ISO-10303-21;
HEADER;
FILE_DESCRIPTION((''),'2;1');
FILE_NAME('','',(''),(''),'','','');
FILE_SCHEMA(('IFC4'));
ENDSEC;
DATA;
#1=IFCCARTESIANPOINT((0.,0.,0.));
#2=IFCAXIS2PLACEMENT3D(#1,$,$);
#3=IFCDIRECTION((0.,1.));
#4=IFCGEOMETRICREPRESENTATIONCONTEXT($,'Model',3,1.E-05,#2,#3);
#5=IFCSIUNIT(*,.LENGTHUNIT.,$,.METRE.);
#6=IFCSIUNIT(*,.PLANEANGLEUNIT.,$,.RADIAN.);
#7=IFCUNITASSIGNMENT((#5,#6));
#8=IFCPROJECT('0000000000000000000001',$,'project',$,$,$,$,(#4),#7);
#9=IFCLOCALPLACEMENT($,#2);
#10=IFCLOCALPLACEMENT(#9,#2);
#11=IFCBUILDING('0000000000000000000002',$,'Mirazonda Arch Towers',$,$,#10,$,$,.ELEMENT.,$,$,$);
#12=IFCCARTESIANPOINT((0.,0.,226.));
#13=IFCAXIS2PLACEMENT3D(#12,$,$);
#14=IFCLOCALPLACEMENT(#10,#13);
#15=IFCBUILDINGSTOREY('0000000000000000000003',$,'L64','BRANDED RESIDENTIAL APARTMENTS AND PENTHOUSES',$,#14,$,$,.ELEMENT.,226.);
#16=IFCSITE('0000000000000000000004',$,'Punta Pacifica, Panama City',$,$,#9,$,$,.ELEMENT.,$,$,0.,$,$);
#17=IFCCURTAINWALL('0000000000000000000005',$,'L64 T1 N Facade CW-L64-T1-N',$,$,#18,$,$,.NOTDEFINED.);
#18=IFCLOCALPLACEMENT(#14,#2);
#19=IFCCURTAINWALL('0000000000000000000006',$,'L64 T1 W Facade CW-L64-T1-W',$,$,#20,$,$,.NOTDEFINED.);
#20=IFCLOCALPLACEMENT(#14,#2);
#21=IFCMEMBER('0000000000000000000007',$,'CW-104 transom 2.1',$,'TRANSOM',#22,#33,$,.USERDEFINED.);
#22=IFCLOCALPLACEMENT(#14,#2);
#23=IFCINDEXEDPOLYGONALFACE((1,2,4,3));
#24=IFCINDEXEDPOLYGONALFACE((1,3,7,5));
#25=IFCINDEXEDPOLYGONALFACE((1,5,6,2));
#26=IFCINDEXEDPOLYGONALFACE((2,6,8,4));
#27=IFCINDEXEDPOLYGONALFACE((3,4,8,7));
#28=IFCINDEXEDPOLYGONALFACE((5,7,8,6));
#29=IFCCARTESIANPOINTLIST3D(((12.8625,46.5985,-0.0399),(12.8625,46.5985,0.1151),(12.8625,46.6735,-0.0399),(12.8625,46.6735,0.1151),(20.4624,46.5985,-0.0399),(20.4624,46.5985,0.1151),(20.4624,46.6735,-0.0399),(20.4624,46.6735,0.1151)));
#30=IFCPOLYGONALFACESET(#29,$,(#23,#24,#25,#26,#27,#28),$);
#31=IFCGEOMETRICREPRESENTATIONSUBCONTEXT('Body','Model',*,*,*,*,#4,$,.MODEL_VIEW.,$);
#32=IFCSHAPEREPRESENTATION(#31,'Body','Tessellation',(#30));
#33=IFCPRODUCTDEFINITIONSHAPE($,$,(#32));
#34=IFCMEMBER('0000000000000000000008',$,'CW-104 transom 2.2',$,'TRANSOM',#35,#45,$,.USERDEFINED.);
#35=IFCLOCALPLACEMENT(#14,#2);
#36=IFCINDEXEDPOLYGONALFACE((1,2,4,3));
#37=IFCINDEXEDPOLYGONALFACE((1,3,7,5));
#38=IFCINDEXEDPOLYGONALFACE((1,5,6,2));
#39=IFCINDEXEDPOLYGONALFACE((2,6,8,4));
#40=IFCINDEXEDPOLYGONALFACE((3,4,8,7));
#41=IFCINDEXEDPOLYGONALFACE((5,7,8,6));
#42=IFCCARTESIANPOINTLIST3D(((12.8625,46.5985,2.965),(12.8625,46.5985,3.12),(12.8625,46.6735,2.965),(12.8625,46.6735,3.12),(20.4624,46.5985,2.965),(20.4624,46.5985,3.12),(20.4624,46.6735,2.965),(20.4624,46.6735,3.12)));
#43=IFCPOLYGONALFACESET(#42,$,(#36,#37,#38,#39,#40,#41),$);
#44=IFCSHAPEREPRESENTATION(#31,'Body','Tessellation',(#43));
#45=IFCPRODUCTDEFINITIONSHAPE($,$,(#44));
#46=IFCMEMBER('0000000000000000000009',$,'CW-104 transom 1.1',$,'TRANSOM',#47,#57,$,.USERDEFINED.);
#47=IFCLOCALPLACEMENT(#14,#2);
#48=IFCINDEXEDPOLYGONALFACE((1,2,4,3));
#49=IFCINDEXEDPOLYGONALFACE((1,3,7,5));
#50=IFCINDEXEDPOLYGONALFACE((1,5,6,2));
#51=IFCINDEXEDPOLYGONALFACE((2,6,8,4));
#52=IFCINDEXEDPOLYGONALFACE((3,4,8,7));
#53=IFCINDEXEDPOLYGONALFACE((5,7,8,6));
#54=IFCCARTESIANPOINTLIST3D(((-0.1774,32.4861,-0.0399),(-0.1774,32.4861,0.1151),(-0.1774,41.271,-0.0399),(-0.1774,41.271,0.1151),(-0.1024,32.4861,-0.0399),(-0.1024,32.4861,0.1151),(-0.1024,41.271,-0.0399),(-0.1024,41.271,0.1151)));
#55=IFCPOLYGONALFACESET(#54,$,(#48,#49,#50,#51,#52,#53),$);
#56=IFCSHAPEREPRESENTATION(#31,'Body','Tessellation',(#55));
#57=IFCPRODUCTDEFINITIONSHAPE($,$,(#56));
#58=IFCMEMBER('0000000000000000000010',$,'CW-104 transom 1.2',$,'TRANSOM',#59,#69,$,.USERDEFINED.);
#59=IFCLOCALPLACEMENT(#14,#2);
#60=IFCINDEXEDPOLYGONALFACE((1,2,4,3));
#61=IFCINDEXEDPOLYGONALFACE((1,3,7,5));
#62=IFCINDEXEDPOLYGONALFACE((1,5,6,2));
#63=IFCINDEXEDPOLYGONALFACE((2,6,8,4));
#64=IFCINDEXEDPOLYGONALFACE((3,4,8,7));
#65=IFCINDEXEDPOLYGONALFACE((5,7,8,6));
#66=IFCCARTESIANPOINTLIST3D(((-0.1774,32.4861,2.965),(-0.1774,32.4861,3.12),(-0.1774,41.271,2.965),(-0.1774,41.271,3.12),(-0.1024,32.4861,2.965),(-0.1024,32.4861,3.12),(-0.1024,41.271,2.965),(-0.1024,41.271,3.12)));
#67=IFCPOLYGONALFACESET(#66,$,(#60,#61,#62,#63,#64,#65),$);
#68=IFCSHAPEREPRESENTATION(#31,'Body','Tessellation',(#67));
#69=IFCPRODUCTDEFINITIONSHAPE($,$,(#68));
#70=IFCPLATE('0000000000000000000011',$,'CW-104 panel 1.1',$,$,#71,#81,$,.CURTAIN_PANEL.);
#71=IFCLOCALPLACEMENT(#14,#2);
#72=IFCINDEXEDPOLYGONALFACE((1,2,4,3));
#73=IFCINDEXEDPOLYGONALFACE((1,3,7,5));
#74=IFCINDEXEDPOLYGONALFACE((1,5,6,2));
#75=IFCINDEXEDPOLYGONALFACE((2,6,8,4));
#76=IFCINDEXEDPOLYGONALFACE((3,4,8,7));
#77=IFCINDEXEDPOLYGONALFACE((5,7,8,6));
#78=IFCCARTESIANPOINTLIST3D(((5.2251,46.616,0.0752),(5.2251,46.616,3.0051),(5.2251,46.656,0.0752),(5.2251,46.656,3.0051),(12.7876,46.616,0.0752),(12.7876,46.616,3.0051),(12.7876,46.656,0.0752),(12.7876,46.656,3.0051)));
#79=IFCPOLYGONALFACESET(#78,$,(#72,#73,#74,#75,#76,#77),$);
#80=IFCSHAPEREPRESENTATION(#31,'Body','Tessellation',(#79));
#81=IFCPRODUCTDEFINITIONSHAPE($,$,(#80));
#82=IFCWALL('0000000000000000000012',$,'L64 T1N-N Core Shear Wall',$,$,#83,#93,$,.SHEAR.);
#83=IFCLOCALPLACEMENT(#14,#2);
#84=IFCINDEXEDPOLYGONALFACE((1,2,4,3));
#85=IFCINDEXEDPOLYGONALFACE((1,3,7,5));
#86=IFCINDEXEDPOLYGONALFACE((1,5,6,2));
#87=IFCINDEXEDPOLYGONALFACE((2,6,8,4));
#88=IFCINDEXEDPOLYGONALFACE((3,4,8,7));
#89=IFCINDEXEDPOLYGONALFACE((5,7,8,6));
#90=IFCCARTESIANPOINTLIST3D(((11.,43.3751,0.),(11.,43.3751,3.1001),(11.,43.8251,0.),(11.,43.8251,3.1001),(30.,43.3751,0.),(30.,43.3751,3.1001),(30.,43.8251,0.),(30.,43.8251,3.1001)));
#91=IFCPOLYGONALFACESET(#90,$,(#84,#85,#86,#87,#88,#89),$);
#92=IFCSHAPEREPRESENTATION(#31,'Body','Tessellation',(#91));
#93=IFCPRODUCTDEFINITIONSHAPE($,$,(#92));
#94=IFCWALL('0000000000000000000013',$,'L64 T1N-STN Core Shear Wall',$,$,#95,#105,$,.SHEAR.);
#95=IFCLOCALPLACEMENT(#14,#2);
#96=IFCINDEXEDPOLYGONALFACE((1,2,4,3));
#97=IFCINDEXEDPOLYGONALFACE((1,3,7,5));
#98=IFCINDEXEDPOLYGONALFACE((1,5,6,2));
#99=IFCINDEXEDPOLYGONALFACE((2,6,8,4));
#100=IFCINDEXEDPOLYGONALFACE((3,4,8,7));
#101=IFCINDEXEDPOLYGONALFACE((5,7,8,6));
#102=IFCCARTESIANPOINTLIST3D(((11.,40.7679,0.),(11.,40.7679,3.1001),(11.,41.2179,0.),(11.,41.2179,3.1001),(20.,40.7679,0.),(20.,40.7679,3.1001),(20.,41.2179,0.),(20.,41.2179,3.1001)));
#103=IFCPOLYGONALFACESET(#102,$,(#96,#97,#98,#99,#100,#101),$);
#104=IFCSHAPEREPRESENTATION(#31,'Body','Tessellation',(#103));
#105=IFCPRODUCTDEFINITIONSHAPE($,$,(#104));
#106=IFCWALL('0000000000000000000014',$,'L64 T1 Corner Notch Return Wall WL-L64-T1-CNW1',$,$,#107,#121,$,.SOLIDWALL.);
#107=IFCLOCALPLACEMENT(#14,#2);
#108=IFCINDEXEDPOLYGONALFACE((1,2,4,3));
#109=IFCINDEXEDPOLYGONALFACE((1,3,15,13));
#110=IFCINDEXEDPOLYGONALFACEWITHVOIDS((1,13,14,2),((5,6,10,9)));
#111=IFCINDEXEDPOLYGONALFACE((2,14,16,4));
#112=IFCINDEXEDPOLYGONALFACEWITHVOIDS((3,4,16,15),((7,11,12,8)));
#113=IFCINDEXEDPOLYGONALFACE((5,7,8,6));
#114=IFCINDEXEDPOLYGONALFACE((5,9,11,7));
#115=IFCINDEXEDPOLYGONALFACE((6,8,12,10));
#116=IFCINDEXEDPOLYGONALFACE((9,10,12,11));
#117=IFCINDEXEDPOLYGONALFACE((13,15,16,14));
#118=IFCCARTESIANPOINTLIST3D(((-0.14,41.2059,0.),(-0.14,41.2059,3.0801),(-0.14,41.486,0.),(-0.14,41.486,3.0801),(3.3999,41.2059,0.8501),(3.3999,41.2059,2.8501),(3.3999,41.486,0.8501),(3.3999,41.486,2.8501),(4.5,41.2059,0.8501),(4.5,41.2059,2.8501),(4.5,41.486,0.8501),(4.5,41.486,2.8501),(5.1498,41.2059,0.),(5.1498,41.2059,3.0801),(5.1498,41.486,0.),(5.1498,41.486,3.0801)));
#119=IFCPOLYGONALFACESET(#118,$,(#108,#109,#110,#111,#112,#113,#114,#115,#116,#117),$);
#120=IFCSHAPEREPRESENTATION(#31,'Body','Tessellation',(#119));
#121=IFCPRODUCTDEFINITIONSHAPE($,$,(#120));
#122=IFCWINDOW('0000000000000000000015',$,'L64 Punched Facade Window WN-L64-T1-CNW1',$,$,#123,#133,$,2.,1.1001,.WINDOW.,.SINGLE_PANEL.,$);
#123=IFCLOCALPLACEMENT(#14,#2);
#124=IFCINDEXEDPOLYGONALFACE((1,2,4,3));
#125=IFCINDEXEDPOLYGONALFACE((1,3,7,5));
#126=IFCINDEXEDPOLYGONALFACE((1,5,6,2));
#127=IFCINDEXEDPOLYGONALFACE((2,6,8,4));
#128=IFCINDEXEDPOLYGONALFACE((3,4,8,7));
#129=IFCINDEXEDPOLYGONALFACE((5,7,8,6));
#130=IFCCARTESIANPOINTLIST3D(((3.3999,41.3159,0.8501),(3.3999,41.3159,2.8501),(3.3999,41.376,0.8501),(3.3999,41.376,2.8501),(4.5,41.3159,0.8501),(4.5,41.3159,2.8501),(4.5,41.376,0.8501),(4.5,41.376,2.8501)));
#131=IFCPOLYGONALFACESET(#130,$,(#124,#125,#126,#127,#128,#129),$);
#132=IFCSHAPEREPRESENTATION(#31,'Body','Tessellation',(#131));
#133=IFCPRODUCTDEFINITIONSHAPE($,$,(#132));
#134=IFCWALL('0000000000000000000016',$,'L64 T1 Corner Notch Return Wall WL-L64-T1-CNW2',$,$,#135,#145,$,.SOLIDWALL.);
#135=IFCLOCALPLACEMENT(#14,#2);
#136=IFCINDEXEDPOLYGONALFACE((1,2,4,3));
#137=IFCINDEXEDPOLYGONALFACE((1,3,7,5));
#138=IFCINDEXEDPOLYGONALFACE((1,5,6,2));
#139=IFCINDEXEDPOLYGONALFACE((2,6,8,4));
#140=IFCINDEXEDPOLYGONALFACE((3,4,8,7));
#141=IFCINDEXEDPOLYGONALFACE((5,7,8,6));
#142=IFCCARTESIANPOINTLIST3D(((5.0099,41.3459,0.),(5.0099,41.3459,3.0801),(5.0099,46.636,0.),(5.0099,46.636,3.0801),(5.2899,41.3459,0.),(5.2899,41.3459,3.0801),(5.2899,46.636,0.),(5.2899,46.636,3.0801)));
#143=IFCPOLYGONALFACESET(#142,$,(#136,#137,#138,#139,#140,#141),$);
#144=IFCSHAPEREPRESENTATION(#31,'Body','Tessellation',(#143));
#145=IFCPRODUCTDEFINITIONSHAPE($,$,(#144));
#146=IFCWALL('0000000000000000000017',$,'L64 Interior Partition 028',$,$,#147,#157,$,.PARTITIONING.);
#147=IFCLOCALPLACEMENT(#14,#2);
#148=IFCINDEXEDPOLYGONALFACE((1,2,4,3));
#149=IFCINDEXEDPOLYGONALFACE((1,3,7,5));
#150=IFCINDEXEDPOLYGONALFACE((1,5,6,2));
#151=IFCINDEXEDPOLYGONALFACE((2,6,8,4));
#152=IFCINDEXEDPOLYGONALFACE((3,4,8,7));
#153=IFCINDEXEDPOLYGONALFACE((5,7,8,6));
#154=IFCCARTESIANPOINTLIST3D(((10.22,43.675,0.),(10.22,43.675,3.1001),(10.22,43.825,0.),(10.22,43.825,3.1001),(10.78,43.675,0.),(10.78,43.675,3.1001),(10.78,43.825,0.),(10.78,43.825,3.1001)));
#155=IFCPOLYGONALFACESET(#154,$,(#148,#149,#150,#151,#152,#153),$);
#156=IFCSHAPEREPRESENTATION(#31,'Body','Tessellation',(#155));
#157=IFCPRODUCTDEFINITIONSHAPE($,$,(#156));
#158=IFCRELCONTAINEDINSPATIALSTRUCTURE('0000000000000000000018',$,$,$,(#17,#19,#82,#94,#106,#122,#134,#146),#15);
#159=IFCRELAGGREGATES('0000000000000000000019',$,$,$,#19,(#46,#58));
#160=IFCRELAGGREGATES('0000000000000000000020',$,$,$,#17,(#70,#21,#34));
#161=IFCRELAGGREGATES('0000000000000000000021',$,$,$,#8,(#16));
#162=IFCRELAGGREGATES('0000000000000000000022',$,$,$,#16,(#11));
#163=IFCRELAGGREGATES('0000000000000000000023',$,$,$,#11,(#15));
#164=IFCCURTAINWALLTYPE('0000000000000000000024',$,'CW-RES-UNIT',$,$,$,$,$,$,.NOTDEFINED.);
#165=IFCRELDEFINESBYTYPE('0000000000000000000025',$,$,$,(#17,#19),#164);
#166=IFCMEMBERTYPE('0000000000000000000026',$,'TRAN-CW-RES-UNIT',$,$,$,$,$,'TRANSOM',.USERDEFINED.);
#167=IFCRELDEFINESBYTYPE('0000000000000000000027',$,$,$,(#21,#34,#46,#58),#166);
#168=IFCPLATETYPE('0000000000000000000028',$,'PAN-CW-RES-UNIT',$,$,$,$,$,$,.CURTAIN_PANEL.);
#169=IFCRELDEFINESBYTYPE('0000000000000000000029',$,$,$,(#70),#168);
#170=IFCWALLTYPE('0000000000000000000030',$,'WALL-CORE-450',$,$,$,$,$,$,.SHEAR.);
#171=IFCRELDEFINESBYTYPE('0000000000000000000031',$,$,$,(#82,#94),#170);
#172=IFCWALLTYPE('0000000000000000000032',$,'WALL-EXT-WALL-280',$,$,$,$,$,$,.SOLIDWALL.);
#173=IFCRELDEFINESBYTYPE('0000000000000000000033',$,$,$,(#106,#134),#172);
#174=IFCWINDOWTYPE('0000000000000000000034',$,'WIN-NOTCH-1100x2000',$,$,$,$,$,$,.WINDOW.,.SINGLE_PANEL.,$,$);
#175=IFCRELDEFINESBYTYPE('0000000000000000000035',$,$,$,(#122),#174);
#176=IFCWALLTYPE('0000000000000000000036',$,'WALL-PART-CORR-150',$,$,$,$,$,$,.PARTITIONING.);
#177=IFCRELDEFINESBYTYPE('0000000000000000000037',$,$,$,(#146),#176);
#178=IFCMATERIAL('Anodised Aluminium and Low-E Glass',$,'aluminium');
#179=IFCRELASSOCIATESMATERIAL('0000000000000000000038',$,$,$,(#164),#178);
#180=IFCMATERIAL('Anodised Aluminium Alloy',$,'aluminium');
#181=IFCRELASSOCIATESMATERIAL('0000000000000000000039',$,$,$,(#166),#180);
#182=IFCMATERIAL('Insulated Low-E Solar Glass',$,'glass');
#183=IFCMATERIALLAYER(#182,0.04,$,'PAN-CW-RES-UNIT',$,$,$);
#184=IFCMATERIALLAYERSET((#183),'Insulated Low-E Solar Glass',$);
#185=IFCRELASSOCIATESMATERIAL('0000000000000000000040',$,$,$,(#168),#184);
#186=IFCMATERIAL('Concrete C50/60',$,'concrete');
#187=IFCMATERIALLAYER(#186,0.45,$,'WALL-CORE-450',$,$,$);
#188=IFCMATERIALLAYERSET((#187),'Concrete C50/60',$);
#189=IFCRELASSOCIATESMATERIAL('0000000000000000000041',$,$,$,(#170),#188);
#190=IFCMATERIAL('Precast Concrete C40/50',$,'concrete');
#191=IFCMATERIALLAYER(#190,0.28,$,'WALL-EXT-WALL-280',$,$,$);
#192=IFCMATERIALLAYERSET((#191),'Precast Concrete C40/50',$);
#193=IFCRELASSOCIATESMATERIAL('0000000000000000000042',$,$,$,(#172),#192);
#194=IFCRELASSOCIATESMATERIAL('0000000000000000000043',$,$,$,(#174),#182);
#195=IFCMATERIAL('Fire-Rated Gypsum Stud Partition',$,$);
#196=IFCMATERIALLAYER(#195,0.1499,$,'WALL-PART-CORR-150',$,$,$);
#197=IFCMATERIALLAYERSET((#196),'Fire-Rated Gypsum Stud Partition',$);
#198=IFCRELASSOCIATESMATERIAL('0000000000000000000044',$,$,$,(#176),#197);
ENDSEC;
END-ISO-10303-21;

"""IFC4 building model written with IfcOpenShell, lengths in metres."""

from ifc_helpers import new_model, si_unit, direction, frame, frame_2d, origin, origin_2d, place, context, subcontext, project, spatial, rectangle, extrude, material, layer, layer_set, material_profile, profile_set, type_object, element, fill, aggregate, save


model = new_model("IFC4")

# Units and contexts
model_context = context("Model", 3, precision=1e-05, world=origin(), true_north=direction((0.0, 1.0)))
body_context = subcontext(model_context, "Body", "Model", "MODEL_VIEW")
ifc_project = project(units=[si_unit("LENGTHUNIT", "METRE"), si_unit("PLANEANGLEUNIT", "RADIAN")], contexts=[model_context])

# Site, building, storey
site_placement = place(None, origin())
site = spatial("IfcSite", under=ifc_project, at=site_placement, Name="Punta Pacifica, Panama City", CompositionType="ELEMENT", RefElevation=0.0)
building_placement = place(site_placement, origin())
building = spatial("IfcBuilding", under=site, at=building_placement, Name="Mirazonda Arch Towers", CompositionType="ELEMENT")
storey_placement = place(building_placement, frame((0.0, 0.0, 226.0)))
storey = spatial("IfcBuildingStorey", under=building, at=storey_placement, Name="L64", Description="BRANDED RESIDENTIAL APARTMENTS AND PENTHOUSES", CompositionType="ELEMENT", Elevation=226.0)

# Shared definitions
ifc_material_1 = material(Name="Concrete C50/60", Category="concrete")

# Curtain wall
ifc_material_2 = material(Name="Anodised Aluminium and Low-E Glass", Category="aluminium")
curtain_wall_type = type_object("IfcCurtainWallType", Name="CW-RES-UNIT", PredefinedType="NOTDEFINED", material=ifc_material_2)
curtain_wall_1_placement = place(storey_placement, origin())
curtain_wall_1 = element("IfcCurtainWall", 1, at=curtain_wall_1_placement, inside=storey, type_object=curtain_wall_type, Name="L64 T1 N Facade CW-L64-T1-N", PredefinedType="NOTDEFINED")
ifc_material_3 = material(Name="Anodised Aluminium Alloy", Category="aluminium")

# Curtain wall
curtain_wall_2_placement = place(storey_placement, origin())
curtain_wall_2 = element("IfcCurtainWall", 2, at=curtain_wall_2_placement, inside=storey, type_object=curtain_wall_type, Name="L64 T1 W Facade CW-L64-T1-W", PredefinedType="NOTDEFINED")

# Members
ifc_material_profile_1 = material_profile(ifc_material_3, rectangle(XDim=0.075, YDim=0.155, at=origin_2d()), Name="ALU-TRAN-75x155")
ifc_profile_set_1 = profile_set([ifc_material_profile_1], Name="Anodised Aluminium Alloy")
member_type_1 = type_object("IfcMemberType", Name="TRAN-CW-RES-UNIT", ElementType="TRANSOM", PredefinedType="USERDEFINED", material=ifc_profile_set_1)
member_1_placement = place(storey_placement, frame((12.8625, 46.636, 0.0376), z_axis=(1.0, 0.0, 0.0), x_axis=(0.0, 1.0, 0.0)))
member_1 = element("IfcMember", 3, at=member_1_placement, type_object=member_type_1, Name="CW-104 transom 2.1", ObjectType="TRANSOM", PredefinedType="USERDEFINED", context=body_context, shape_type="SweptSolid", body=[
    extrude(rectangle(XDim=0.075, YDim=0.155, at=origin_2d()), origin(), (0.0, 0.0, 1.0), 7.5999),
])
member_2_placement = place(storey_placement, frame((12.8625, 46.636, 3.0425), z_axis=(1.0, 0.0, 0.0), x_axis=(0.0, 1.0, 0.0)))
member_2 = element("IfcMember", 4, at=member_2_placement, type_object=member_type_1, Name="CW-104 transom 2.2", ObjectType="TRANSOM", PredefinedType="USERDEFINED", context=body_context, shape_type="SweptSolid", body=[
    extrude(rectangle(XDim=0.075, YDim=0.155, at=origin_2d()), origin(), (0.0, 0.0, 1.0), 7.5999),
])
member_3_placement = place(storey_placement, frame((-0.1399, 41.271, 0.0376), z_axis=(0.0, -1.0, 0.0), x_axis=(1.0, 0.0, 0.0)))
member_3 = element("IfcMember", 5, at=member_3_placement, type_object=member_type_1, Name="CW-104 transom 1.1", ObjectType="TRANSOM", PredefinedType="USERDEFINED", context=body_context, shape_type="SweptSolid", body=[
    extrude(rectangle(XDim=0.075, YDim=0.155, at=origin_2d()), origin(), (0.0, 0.0, 1.0), 8.7849),
])
member_4_placement = place(storey_placement, frame((-0.1399, 41.271, 3.0425), z_axis=(0.0, -1.0, 0.0), x_axis=(1.0, 0.0, 0.0)))
member_4 = element("IfcMember", 6, at=member_4_placement, type_object=member_type_1, Name="CW-104 transom 1.2", ObjectType="TRANSOM", PredefinedType="USERDEFINED", context=body_context, shape_type="SweptSolid", body=[
    extrude(rectangle(XDim=0.075, YDim=0.155, at=origin_2d()), origin(), (0.0, 0.0, 1.0), 8.7849),
])
aggregate(curtain_wall_2, [member_3, member_4])

# Plate
ifc_material_4 = material(Name="Insulated Low-E Solar Glass", Category="glass")
ifc_layer_1 = layer(ifc_material_4, 0.04, Name="PAN-CW-RES-UNIT")
ifc_layer_set_1 = layer_set([ifc_layer_1], Name="Insulated Low-E Solar Glass")
plate_type = type_object("IfcPlateType", Name="PAN-CW-RES-UNIT", PredefinedType="CURTAIN_PANEL", material=ifc_layer_set_1)
plate_placement = place(storey_placement, frame((9.0063, 46.636, 0.0752), z_axis=(0.0, 0.0, 1.0), x_axis=(1.0, 0.0, 0.0)))
plate = element("IfcPlate", 7, at=plate_placement, type_object=plate_type, Name="CW-104 panel 1.1", PredefinedType="CURTAIN_PANEL", context=body_context, shape_type="SweptSolid", body=[
    extrude(rectangle(XDim=7.5625, YDim=0.04, at=origin_2d()), origin(), (0.0, 0.0, 1.0), 2.9299),
])
aggregate(curtain_wall_1, [plate, member_1, member_2])

# Walls
ifc_layer_2 = layer(ifc_material_1, 0.45, Name="WALL-CORE-450")
ifc_layer_set_2 = layer_set([ifc_layer_2], Name="Concrete C50/60")
wall_type_1 = type_object("IfcWallType", Name="WALL-CORE-450", PredefinedType="SHEAR", material=ifc_layer_set_2)
wall_1_placement = place(storey_placement, frame((11.0, 43.6001, 0.0), z_axis=(0.0, 0.0, 1.0), x_axis=(1.0, 0.0, 0.0)))
element("IfcWall", 8, at=wall_1_placement, inside=storey, type_object=wall_type_1, Name="L64 T1N-N Core Shear Wall", PredefinedType="SHEAR", context=body_context, shape_type="SweptSolid", body=[
    extrude(rectangle(XDim=19.0, YDim=0.45, at=frame_2d((9.5, 0.0))), origin(), (0.0, 0.0, 1.0), 3.1001),
])
wall_2_placement = place(storey_placement, frame((11.0, 40.9929, 0.0), z_axis=(0.0, 0.0, 1.0), x_axis=(1.0, 0.0, 0.0)))
element("IfcWall", 9, at=wall_2_placement, inside=storey, type_object=wall_type_1, Name="L64 T1N-STN Core Shear Wall", PredefinedType="SHEAR", context=body_context, shape_type="SweptSolid", body=[
    extrude(rectangle(XDim=9.0, YDim=0.45, at=frame_2d((4.5, 0.0))), origin(), (0.0, 0.0, 1.0), 3.1001),
])

# Wall, opening, window
ifc_material_5 = material(Name="Precast Concrete C40/50", Category="concrete")
ifc_layer_3 = layer(ifc_material_5, 0.28, Name="WALL-EXT-WALL-280")
ifc_layer_set_3 = layer_set([ifc_layer_3], Name="Precast Concrete C40/50")
wall_type_2 = type_object("IfcWallType", Name="WALL-EXT-WALL-280", PredefinedType="SOLIDWALL", material=ifc_layer_set_3)
wall_3_placement = place(storey_placement, frame((5.1499, 41.3459, 0.0), z_axis=(0.0, 0.0, 1.0), x_axis=(-1.0, 0.0, 0.0)))
wall_3 = element("IfcWall", 10, at=wall_3_placement, inside=storey, type_object=wall_type_2, Name="L64 T1 Corner Notch Return Wall WL-L64-T1-CNW1", PredefinedType="SOLIDWALL", context=body_context, shape_type="SweptSolid", body=[
    extrude(rectangle(XDim=5.2898, YDim=0.28, at=frame_2d((2.645, 0.0))), origin(), (0.0, 0.0, 1.0), 3.0801),
])
opening_1_placement = place(wall_3_placement, frame((0.6499, 0.0, 0.8501)))
opening_1 = element("IfcOpeningElement", 11, at=opening_1_placement, cuts=wall_3, PredefinedType="OPENING", context=body_context, shape_type="SweptSolid", body=[
    extrude(rectangle(XDim=1.1001, YDim=2.0, at=frame_2d((0.55, 1.0))), frame((0.0, 0.1499, 0.0), z_axis=(0.0, -1.0, 0.0), x_axis=(1.0, 0.0, 0.0)), (0.0, 0.0, 1.0), 0.3),
])
window_type = type_object("IfcWindowType", Name="WIN-NOTCH-1100x2000", PartitioningType="SINGLE_PANEL", PredefinedType="WINDOW", material=ifc_material_4)
window_placement = place(opening_1_placement, origin())
window = element("IfcWindow", 12, at=window_placement, inside=storey, type_object=window_type, Name="L64 Punched Facade Window WN-L64-T1-CNW1", OverallHeight=2.0, OverallWidth=1.1001, PartitioningType="SINGLE_PANEL", PredefinedType="WINDOW", context=body_context, shape_type="SweptSolid", body=[
    extrude(rectangle(XDim=1.1001, YDim=2.0, at=frame_2d((0.55, 1.0))), frame((0.0, 0.03, 0.0), z_axis=(0.0, -1.0, 0.0), x_axis=(1.0, 0.0, 0.0)), (0.0, 0.0, 1.0), 0.0601),
])
fill(opening_1, window)

# Walls
wall_4_placement = place(storey_placement, frame((5.1499, 46.636, 0.0), z_axis=(0.0, 0.0, 1.0), x_axis=(0.0, -1.0, 0.0)))
element("IfcWall", 13, at=wall_4_placement, inside=storey, type_object=wall_type_2, Name="L64 T1 Corner Notch Return Wall WL-L64-T1-CNW2", PredefinedType="SOLIDWALL", context=body_context, shape_type="SweptSolid", body=[
    extrude(rectangle(XDim=5.29, YDim=0.28, at=frame_2d((2.645, 0.0))), origin(), (0.0, 0.0, 1.0), 3.0801),
])
ifc_material_6 = material(Name="Fire-Rated Gypsum Stud Partition")
ifc_layer_4 = layer(ifc_material_6, 0.1499, Name="WALL-PART-CORR-150")
ifc_layer_set_4 = layer_set([ifc_layer_4], Name="Fire-Rated Gypsum Stud Partition")
wall_type_3 = type_object("IfcWallType", Name="WALL-PART-CORR-150", PredefinedType="PARTITIONING", material=ifc_layer_set_4)
wall_5_placement = place(storey_placement, frame((10.22, 43.75, 0.0), z_axis=(0.0, 0.0, 1.0), x_axis=(1.0, 0.0, 0.0)))
element("IfcWall", 14, at=wall_5_placement, inside=storey, type_object=wall_type_3, Name="L64 Interior Partition 028", PredefinedType="PARTITIONING", context=body_context, shape_type="SweptSolid", body=[
    extrude(rectangle(XDim=0.5601, YDim=0.1499, at=frame_2d((0.28, 0.0))), origin(), (0.0, 0.0, 1.0), 3.1001),
])

save(model, "model.ifc")
